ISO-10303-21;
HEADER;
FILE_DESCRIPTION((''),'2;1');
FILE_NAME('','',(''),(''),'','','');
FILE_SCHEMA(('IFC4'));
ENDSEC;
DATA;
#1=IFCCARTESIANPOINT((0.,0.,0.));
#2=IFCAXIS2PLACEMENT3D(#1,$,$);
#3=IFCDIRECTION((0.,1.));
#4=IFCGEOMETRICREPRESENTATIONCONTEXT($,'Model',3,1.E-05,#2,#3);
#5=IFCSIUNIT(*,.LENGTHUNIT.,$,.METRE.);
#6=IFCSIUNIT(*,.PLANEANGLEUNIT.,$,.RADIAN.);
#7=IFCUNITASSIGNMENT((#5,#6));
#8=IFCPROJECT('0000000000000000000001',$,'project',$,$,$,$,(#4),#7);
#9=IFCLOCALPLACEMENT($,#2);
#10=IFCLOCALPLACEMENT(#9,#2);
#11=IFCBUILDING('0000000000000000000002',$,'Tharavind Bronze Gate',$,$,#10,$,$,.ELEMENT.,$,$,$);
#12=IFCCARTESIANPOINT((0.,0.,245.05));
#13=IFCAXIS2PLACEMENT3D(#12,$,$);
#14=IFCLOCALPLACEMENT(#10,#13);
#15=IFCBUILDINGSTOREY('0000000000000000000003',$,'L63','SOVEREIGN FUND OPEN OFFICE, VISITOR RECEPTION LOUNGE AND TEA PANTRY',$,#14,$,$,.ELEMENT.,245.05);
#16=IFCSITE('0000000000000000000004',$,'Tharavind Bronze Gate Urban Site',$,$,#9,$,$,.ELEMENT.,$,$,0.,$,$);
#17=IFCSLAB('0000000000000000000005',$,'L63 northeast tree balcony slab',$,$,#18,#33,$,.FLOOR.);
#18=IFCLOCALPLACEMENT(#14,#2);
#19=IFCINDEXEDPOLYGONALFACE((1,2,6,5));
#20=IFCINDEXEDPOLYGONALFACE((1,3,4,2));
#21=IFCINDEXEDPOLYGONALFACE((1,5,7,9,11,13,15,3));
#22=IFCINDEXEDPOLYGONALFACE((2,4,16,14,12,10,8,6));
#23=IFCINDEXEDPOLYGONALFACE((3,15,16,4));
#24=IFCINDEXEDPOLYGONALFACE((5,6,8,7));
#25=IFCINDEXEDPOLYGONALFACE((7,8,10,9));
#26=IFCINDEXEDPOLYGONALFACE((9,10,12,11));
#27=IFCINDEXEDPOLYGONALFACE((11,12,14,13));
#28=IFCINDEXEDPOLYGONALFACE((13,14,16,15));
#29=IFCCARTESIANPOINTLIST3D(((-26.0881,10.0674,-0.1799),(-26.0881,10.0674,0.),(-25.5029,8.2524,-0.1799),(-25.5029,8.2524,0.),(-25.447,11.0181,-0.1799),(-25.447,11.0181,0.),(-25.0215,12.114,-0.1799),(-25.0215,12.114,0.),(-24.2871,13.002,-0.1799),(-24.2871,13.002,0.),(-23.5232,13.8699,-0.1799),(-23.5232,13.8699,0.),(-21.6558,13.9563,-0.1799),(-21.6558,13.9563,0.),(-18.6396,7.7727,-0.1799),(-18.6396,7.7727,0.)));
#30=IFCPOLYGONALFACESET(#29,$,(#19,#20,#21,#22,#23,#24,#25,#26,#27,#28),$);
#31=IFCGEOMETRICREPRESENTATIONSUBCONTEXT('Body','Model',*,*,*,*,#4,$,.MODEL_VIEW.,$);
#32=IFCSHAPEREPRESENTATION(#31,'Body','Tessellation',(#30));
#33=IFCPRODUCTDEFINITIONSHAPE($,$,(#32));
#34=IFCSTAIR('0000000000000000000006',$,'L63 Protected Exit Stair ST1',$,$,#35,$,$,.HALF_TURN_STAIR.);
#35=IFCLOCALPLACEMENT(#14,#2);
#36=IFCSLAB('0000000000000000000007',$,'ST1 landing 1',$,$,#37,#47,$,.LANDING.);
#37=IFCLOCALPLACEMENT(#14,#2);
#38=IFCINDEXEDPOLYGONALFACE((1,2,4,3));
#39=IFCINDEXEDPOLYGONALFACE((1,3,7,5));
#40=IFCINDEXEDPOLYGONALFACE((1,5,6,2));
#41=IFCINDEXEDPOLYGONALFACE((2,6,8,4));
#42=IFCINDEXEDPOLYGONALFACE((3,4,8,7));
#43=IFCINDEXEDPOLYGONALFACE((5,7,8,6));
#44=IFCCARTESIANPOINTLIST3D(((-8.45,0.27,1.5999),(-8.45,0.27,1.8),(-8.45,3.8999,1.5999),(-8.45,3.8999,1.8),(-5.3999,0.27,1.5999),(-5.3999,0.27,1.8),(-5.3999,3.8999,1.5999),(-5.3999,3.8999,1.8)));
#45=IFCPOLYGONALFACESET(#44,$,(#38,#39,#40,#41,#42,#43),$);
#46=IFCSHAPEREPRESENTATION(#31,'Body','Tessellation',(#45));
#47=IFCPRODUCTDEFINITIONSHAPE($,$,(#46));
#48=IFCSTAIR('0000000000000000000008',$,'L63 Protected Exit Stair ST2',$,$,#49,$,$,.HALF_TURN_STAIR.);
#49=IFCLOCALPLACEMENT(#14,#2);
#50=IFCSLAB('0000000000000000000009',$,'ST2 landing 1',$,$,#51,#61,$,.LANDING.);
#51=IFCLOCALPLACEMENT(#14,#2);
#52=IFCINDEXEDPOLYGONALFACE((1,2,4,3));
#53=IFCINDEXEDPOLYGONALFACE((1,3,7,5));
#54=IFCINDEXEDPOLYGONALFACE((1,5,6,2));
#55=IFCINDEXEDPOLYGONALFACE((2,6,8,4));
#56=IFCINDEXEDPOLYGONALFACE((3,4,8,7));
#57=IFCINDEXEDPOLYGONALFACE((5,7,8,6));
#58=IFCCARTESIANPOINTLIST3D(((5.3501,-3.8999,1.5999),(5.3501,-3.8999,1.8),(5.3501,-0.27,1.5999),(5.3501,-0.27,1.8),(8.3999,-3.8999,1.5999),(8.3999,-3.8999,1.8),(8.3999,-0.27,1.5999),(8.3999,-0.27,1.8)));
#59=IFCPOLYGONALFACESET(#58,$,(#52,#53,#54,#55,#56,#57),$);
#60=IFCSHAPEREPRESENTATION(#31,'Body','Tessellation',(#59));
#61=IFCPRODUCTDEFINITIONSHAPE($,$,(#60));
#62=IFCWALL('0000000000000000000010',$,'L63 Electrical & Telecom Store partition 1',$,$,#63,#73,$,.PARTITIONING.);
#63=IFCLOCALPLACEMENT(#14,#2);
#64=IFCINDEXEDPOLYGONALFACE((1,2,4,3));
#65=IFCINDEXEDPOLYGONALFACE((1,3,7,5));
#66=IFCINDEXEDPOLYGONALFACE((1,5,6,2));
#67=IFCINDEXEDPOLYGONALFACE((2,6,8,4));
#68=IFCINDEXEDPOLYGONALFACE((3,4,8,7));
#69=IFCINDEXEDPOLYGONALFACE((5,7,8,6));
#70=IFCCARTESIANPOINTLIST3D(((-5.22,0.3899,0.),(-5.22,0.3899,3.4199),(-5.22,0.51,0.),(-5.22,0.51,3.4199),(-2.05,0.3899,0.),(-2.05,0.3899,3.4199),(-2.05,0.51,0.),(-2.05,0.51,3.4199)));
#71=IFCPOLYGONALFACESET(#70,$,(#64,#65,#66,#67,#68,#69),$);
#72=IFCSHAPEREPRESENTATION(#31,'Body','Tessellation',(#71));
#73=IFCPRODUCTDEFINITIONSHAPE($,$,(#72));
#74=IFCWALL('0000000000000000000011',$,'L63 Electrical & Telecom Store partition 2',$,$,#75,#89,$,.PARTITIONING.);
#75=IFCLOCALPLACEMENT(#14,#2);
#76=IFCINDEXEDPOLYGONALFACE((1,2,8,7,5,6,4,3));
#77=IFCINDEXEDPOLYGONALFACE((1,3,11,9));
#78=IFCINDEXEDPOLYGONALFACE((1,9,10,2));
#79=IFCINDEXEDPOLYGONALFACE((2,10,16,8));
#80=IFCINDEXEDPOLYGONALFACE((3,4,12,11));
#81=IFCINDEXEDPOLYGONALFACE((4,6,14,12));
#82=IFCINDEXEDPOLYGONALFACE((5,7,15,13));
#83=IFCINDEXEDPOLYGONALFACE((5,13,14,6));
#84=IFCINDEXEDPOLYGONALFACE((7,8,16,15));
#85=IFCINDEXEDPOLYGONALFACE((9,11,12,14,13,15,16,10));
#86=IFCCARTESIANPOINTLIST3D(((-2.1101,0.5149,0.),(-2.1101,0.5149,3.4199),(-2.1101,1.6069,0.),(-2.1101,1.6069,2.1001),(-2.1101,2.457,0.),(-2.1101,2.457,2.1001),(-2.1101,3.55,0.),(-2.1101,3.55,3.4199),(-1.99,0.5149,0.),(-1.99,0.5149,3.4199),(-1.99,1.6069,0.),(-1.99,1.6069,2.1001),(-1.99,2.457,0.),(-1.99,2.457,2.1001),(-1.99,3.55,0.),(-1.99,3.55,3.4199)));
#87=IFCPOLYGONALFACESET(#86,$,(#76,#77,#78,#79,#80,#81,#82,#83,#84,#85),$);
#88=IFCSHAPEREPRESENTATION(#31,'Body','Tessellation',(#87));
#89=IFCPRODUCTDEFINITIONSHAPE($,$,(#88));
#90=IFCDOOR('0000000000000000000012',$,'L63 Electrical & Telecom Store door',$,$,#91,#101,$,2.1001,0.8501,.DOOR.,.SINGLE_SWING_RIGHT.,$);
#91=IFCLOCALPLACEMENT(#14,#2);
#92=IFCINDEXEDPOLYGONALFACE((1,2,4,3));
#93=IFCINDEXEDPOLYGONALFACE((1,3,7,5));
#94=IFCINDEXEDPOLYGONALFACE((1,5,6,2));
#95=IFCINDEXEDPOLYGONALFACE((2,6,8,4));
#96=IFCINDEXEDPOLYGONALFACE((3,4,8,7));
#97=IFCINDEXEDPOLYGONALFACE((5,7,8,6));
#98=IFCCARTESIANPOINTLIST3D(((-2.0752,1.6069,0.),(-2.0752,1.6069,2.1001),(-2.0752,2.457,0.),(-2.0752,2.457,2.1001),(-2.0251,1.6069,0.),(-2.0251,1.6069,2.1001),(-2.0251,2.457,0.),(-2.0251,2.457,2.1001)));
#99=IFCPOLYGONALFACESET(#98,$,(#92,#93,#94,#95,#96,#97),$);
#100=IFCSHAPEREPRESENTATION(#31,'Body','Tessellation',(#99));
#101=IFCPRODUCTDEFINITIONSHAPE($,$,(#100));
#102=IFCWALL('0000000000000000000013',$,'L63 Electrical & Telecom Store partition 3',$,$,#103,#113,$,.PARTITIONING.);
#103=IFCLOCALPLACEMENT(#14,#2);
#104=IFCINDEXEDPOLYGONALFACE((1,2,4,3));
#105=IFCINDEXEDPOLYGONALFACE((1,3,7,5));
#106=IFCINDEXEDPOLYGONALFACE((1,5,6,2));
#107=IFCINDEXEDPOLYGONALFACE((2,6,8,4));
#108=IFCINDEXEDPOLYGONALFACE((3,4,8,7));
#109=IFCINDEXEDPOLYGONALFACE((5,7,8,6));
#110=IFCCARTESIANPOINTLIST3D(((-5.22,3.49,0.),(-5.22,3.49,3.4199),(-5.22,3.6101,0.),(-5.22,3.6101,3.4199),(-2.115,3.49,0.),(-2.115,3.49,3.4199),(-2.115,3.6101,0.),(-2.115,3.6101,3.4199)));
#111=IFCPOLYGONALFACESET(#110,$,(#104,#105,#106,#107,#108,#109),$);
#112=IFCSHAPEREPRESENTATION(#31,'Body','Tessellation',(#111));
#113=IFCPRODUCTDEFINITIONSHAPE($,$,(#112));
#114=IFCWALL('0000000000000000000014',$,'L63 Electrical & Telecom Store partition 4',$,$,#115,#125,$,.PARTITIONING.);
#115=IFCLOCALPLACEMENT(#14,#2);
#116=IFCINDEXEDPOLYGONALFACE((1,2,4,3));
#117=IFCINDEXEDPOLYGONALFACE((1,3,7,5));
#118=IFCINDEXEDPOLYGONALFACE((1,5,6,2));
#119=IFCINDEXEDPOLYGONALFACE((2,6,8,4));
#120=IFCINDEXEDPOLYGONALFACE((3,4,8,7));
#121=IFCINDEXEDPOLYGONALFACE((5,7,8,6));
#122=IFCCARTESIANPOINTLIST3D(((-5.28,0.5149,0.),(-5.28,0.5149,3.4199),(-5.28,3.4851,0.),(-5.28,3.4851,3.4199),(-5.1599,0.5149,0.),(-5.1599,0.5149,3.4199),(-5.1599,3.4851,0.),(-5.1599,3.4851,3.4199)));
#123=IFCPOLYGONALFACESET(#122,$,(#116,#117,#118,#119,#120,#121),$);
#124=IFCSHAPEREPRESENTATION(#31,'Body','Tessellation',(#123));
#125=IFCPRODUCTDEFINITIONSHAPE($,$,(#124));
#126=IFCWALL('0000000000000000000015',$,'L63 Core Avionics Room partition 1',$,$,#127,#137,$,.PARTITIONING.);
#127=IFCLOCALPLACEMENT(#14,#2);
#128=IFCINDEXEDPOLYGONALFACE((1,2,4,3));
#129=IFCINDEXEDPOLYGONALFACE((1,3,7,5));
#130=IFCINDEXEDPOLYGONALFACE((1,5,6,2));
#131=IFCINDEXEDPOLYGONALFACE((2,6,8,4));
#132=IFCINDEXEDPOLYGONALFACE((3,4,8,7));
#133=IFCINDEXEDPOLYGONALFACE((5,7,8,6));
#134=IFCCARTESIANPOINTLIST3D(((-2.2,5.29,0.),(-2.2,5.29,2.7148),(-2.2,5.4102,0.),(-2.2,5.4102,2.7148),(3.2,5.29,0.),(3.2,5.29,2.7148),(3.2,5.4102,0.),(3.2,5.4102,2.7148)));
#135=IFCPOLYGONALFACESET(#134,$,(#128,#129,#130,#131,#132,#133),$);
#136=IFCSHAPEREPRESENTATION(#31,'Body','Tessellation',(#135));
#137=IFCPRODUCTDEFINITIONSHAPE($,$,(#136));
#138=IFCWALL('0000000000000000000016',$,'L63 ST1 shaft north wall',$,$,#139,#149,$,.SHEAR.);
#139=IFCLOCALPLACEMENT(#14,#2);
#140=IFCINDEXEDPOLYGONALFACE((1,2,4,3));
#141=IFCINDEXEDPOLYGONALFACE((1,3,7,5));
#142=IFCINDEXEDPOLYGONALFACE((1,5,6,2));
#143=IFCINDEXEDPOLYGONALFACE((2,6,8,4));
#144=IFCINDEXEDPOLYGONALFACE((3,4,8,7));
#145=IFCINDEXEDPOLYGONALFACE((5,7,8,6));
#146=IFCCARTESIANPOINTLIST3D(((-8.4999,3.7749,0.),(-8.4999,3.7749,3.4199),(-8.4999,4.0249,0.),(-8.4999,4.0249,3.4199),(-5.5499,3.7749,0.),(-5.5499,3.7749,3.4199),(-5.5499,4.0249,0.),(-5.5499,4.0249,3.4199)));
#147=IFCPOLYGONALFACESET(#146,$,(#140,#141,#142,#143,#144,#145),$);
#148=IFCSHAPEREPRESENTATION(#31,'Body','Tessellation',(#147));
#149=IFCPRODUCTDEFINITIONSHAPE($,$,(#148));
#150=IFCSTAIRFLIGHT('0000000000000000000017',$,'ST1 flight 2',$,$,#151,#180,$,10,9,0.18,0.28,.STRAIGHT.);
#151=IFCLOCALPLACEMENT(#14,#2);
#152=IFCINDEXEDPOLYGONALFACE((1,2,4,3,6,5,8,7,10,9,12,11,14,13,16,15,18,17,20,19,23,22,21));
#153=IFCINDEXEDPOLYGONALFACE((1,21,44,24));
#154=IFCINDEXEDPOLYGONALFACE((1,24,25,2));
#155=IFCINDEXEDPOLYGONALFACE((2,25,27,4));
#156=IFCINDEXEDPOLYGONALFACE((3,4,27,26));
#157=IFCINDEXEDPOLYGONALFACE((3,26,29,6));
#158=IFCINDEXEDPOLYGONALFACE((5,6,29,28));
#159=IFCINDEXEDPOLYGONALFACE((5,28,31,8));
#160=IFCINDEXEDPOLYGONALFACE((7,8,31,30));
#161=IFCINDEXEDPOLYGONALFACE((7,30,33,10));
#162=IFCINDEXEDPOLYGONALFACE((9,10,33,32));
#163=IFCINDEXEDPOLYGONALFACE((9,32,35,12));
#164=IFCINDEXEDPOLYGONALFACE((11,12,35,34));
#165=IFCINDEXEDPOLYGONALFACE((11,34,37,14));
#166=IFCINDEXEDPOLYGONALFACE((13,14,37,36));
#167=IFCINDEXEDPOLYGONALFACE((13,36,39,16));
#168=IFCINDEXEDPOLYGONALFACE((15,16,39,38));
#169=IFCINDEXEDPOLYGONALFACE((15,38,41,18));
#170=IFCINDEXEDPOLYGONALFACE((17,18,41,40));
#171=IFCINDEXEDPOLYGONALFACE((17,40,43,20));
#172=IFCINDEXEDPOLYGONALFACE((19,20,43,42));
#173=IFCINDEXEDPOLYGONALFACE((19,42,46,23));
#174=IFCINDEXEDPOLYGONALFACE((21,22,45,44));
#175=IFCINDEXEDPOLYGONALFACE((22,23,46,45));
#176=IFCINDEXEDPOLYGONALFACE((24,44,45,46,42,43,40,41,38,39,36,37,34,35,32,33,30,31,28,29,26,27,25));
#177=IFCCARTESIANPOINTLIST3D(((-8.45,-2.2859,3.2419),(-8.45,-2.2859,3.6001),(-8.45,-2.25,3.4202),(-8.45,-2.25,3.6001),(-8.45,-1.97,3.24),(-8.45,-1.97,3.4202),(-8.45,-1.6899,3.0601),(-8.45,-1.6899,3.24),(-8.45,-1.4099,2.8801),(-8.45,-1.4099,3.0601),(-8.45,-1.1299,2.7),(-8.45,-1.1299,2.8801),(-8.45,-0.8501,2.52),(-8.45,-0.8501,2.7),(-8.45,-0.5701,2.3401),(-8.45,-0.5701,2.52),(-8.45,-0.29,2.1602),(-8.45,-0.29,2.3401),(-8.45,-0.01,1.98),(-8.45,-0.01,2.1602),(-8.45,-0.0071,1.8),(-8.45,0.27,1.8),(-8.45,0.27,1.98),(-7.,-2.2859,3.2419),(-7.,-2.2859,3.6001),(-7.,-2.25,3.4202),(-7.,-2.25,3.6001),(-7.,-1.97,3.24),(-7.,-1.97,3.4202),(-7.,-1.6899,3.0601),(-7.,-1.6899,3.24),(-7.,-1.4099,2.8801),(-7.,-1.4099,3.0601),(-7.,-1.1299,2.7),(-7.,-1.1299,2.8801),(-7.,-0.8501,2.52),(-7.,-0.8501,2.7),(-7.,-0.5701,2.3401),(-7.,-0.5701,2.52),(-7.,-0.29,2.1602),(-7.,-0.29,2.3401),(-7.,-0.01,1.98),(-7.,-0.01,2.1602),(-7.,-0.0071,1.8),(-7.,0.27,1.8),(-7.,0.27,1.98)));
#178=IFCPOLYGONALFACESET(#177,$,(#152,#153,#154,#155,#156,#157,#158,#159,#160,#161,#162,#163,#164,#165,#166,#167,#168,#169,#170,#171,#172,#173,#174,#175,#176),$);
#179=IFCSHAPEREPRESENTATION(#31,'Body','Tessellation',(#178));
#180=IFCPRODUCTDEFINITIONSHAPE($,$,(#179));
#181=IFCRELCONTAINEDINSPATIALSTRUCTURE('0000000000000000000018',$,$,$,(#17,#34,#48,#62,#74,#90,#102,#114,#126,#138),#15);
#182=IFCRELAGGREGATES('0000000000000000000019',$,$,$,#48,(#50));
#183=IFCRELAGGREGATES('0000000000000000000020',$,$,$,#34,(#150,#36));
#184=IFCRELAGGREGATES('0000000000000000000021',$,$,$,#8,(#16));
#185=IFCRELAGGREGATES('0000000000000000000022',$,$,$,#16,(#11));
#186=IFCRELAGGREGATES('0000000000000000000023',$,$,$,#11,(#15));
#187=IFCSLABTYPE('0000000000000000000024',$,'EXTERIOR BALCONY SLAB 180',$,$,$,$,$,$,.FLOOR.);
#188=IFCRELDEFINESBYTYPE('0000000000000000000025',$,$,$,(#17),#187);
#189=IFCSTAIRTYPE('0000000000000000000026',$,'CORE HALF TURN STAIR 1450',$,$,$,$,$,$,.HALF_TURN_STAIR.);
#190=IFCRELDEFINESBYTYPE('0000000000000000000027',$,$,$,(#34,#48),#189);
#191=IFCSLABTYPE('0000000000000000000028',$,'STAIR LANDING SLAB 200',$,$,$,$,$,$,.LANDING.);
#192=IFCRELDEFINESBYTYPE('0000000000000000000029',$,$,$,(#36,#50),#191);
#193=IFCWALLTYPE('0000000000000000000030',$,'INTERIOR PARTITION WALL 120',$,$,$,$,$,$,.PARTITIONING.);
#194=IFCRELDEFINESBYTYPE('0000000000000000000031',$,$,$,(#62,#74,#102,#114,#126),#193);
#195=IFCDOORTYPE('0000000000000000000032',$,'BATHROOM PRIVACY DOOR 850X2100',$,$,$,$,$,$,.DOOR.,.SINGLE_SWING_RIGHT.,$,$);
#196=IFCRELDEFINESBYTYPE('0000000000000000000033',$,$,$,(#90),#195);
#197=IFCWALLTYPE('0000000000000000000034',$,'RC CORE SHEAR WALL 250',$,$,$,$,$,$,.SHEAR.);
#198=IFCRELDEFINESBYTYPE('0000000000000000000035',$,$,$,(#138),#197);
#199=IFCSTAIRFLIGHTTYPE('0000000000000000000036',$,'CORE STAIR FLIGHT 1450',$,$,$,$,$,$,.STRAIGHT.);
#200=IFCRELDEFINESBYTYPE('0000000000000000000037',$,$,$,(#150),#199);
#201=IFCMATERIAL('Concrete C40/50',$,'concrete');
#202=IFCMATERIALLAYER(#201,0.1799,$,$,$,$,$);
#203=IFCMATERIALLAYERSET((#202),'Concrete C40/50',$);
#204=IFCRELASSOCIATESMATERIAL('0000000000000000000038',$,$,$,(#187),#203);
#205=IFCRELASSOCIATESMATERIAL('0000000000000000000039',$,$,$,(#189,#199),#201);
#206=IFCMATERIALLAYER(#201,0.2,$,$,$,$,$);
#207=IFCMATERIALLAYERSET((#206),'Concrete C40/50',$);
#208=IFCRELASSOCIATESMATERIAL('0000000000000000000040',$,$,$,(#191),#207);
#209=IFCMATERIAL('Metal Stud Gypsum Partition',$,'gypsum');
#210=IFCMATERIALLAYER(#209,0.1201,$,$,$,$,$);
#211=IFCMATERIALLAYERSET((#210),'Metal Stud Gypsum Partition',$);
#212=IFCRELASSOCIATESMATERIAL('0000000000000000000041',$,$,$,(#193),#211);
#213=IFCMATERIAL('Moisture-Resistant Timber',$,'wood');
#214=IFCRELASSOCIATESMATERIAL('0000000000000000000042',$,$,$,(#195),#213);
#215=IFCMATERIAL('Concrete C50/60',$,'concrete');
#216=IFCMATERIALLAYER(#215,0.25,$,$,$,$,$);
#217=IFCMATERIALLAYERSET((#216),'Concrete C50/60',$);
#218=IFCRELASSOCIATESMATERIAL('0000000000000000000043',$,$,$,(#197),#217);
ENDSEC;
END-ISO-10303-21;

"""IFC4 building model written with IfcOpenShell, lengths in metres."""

from ifc_helpers import new_model, si_unit, direction, frame, frame_2d, origin, place, context, subcontext, project, spatial, polyline, rectangle, outline, extrude, material, layer, layer_set, type_object, element, fill, aggregate, save


model = new_model("IFC4")

# Units and contexts
model_context = context("Model", 3, precision=1e-05, world=origin(), true_north=direction((0.0, 1.0)))
body_context = subcontext(model_context, "Body", "Model", "MODEL_VIEW")
ifc_project = project(units=[si_unit("LENGTHUNIT", "METRE"), si_unit("PLANEANGLEUNIT", "RADIAN")], contexts=[model_context])

# Site, building, storey
site_placement = place(None, origin())
site = spatial("IfcSite", under=ifc_project, at=site_placement, Name="Tharavind Bronze Gate Urban Site", CompositionType="ELEMENT", RefElevation=0.0)
building_placement = place(site_placement, origin())
building = spatial("IfcBuilding", under=site, at=building_placement, Name="Tharavind Bronze Gate", CompositionType="ELEMENT")
storey_placement = place(building_placement, frame((0.0, 0.0, 245.05)))
storey = spatial("IfcBuildingStorey", under=building, at=storey_placement, Name="L63", Description="SOVEREIGN FUND OPEN OFFICE, VISITOR RECEPTION LOUNGE AND TEA PANTRY", CompositionType="ELEMENT", Elevation=245.05)

# Slab
ifc_material_1 = material(Name="Concrete C40/50", Category="concrete")
ifc_layer_1 = layer(ifc_material_1, 0.1799)
ifc_layer_set_1 = layer_set([ifc_layer_1], Name="Concrete C40/50")
slab_type_1 = type_object("IfcSlabType", Name="EXTERIOR BALCONY SLAB 180", PredefinedType="FLOOR", material=ifc_layer_set_1)
slab_1_placement = place(storey_placement, frame((0.0, 0.0, -0.1799)))
element("IfcSlab", 1, at=slab_1_placement, inside=storey, type_object=slab_type_1, Name="L63 northeast tree balcony slab", PredefinedType="FLOOR", context=body_context, shape_type="SweptSolid", body=[
    extrude(outline(polyline([(-23.5232, 13.8699), (-24.2871, 13.002), (-25.0215, 12.114), (-25.447, 11.0181), (-26.0881, 10.0674), (-25.5029, 8.2524), (-18.6396, 7.7727), (-21.6558, 13.9563), (-23.5232, 13.8699)])), origin(), (0.0, 0.0, 1.0), 0.1799),
])

# Stairs, slabs
stair_type = type_object("IfcStairType", Name="CORE HALF TURN STAIR 1450", PredefinedType="HALF_TURN_STAIR", material=ifc_material_1)
stair_1_placement = place(storey_placement, origin())
stair_1 = element("IfcStair", 2, at=stair_1_placement, inside=storey, type_object=stair_type, Name="L63 Protected Exit Stair ST1", PredefinedType="HALF_TURN_STAIR")
ifc_layer_2 = layer(ifc_material_1, 0.2)
ifc_layer_set_2 = layer_set([ifc_layer_2], Name="Concrete C40/50")
slab_type_2 = type_object("IfcSlabType", Name="STAIR LANDING SLAB 200", PredefinedType="LANDING", material=ifc_layer_set_2)
slab_2_placement = place(storey_placement, frame((0.0, 0.0, 1.5999)))
slab_2 = element("IfcSlab", 3, at=slab_2_placement, type_object=slab_type_2, Name="ST1 landing 1", PredefinedType="LANDING", context=body_context, shape_type="SweptSolid", body=[
    extrude(outline(polyline([(-5.3999, 0.27), (-5.3999, 3.8999), (-8.45, 3.8999), (-8.45, 0.27), (-5.3999, 0.27)])), origin(), (0.0, 0.0, 1.0), 0.2002),
])
stair_2_placement = place(storey_placement, origin())
stair_2 = element("IfcStair", 4, at=stair_2_placement, inside=storey, type_object=stair_type, Name="L63 Protected Exit Stair ST2", PredefinedType="HALF_TURN_STAIR")
slab_3_placement = place(storey_placement, frame((0.0, 0.0, 1.5999)))
slab_3 = element("IfcSlab", 5, at=slab_3_placement, type_object=slab_type_2, Name="ST2 landing 1", PredefinedType="LANDING", context=body_context, shape_type="SweptSolid", body=[
    extrude(outline(polyline([(5.3501, -0.27), (5.3501, -3.8999), (8.3999, -3.8999), (8.3999, -0.27), (5.3501, -0.27)])), origin(), (0.0, 0.0, 1.0), 0.2002),
])
aggregate(stair_2, [slab_3])

# Wall
ifc_material_2 = material(Name="Metal Stud Gypsum Partition", Category="gypsum")
ifc_layer_3 = layer(ifc_material_2, 0.1201)
ifc_layer_set_3 = layer_set([ifc_layer_3], Name="Metal Stud Gypsum Partition")
wall_type_1 = type_object("IfcWallType", Name="INTERIOR PARTITION WALL 120", PredefinedType="PARTITIONING", material=ifc_layer_set_3)
wall_1_placement = place(storey_placement, frame((-5.22, 0.45, 0.0), z_axis=(0.0, 0.0, 1.0), x_axis=(1.0, 0.0, 0.0)))
element("IfcWall", 6, at=wall_1_placement, inside=storey, type_object=wall_type_1, Name="L63 Electrical & Telecom Store partition 1", PredefinedType="PARTITIONING", context=body_context, shape_type="SweptSolid", body=[
    extrude(rectangle(XDim=3.1699, YDim=0.1201, at=frame_2d((1.585, 0.0))), origin(), (0.0, 0.0, 1.0), 3.4199),
])

# Wall, opening, door
wall_2_placement = place(storey_placement, frame((-2.05, 0.5149, 0.0), z_axis=(0.0, 0.0, 1.0), x_axis=(0.0, 1.0, 0.0)))
wall_2 = element("IfcWall", 7, at=wall_2_placement, inside=storey, type_object=wall_type_1, Name="L63 Electrical & Telecom Store partition 2", PredefinedType="PARTITIONING", context=body_context, shape_type="SweptSolid", body=[
    extrude(rectangle(XDim=3.0352, YDim=0.1201, at=frame_2d((1.5176, 0.0))), origin(), (0.0, 0.0, 1.0), 3.4199),
])
opening_placement = place(wall_2_placement, frame((1.092, 0.0, 0.0)))
opening = element("IfcOpeningElement", 8, at=opening_placement, cuts=wall_2, PredefinedType="OPENING", context=body_context, shape_type="SweptSolid", body=[
    extrude(rectangle(XDim=0.8501, YDim=2.1001, at=frame_2d((0.425, 1.05))), frame((0.0, 0.0701, 0.0), z_axis=(0.0, -1.0, 0.0), x_axis=(1.0, 0.0, 0.0)), (0.0, 0.0, 1.0), 0.1401),
])
ifc_material_3 = material(Name="Moisture-Resistant Timber", Category="wood")
door_type = type_object("IfcDoorType", Name="BATHROOM PRIVACY DOOR 850X2100", OperationType="SINGLE_SWING_RIGHT", PredefinedType="DOOR", material=ifc_material_3)
door_placement = place(opening_placement, frame((0.8501, 0.0, 0.0), z_axis=(0.0, 0.0, 1.0), x_axis=(-1.0, 0.0, 0.0)))
door = element("IfcDoor", 9, at=door_placement, inside=storey, type_object=door_type, Name="L63 Electrical & Telecom Store door", OperationType="SINGLE_SWING_RIGHT", OverallHeight=2.1001, OverallWidth=0.8501, PredefinedType="DOOR", context=body_context, shape_type="SweptSolid", body=[
    extrude(rectangle(XDim=0.8501, YDim=2.1001, at=frame_2d((0.425, 1.05))), frame((0.0, 0.0249, 0.0), z_axis=(0.0, -1.0, 0.0), x_axis=(1.0, 0.0, 0.0)), (0.0, 0.0, 1.0), 0.05),
])
fill(opening, door)

# Walls
wall_3_placement = place(storey_placement, frame((-2.115, 3.55, 0.0), z_axis=(0.0, 0.0, 1.0), x_axis=(-1.0, 0.0, 0.0)))
element("IfcWall", 10, at=wall_3_placement, inside=storey, type_object=wall_type_1, Name="L63 Electrical & Telecom Store partition 3", PredefinedType="PARTITIONING", context=body_context, shape_type="SweptSolid", body=[
    extrude(rectangle(XDim=3.105, YDim=0.1201, at=frame_2d((1.5525, 0.0))), origin(), (0.0, 0.0, 1.0), 3.4199),
])
wall_4_placement = place(storey_placement, frame((-5.22, 3.4851, 0.0), z_axis=(0.0, 0.0, 1.0), x_axis=(0.0, -1.0, 0.0)))
element("IfcWall", 11, at=wall_4_placement, inside=storey, type_object=wall_type_1, Name="L63 Electrical & Telecom Store partition 4", PredefinedType="PARTITIONING", context=body_context, shape_type="SweptSolid", body=[
    extrude(rectangle(XDim=2.9702, YDim=0.1201, at=frame_2d((1.4851, 0.0))), origin(), (0.0, 0.0, 1.0), 3.4199),
])
wall_5_placement = place(storey_placement, frame((-2.2, 5.3501, 0.0), z_axis=(0.0, 0.0, 1.0), x_axis=(1.0, 0.0, 0.0)))
element("IfcWall", 12, at=wall_5_placement, inside=storey, type_object=wall_type_1, Name="L63 Core Avionics Room partition 1", PredefinedType="PARTITIONING", context=body_context, shape_type="SweptSolid", body=[
    extrude(rectangle(XDim=5.3999, YDim=0.1201, at=frame_2d((2.7, 0.0))), origin(), (0.0, 0.0, 1.0), 2.7148),
])
ifc_material_4 = material(Name="Concrete C50/60", Category="concrete")
ifc_layer_4 = layer(ifc_material_4, 0.25)
ifc_layer_set_4 = layer_set([ifc_layer_4], Name="Concrete C50/60")
wall_type_2 = type_object("IfcWallType", Name="RC CORE SHEAR WALL 250", PredefinedType="SHEAR", material=ifc_layer_set_4)
wall_6_placement = place(storey_placement, frame((-8.5, 3.8999, 0.0), z_axis=(0.0, 0.0, 1.0), x_axis=(1.0, 0.0, 0.0)))
element("IfcWall", 13, at=wall_6_placement, inside=storey, type_object=wall_type_2, Name="L63 ST1 shaft north wall", PredefinedType="SHEAR", context=body_context, shape_type="SweptSolid", body=[
    extrude(rectangle(XDim=2.95, YDim=0.25, at=frame_2d((1.4751, 0.0))), origin(), (0.0, 0.0, 1.0), 3.4199),
])

# Stair flight
stair_flight_type = type_object("IfcStairFlightType", Name="CORE STAIR FLIGHT 1450", PredefinedType="STRAIGHT", material=ifc_material_1)
stair_flight_placement = place(storey_placement, frame((-7.7251, 0.27, 1.8), z_axis=(0.0, 0.0, 1.0), x_axis=(0.0, -1.0, 0.0)))
stair_flight = element("IfcStairFlight", 14, at=stair_flight_placement, type_object=stair_flight_type, Name="ST1 flight 2", NumberOfRisers=10, NumberOfTreads=9, PredefinedType="STRAIGHT", RiserHeight=0.18, TreadLength=0.28, context=body_context, shape_type="SweptSolid", body=[
    extrude(outline(polyline([(0.0, 0.0), (0.0, 0.1799), (0.28, 0.1799), (0.28, 0.3601), (0.5601, 0.3601), (0.5601, 0.54), (0.8401, 0.54), (0.8401, 0.72), (1.1201, 0.72), (1.1201, 0.8999), (1.3999, 0.8999), (1.3999, 1.0801), (1.6799, 1.0801), (1.6799, 1.26), (1.96, 1.26), (1.96, 1.4399), (2.24, 1.4399), (2.24, 1.6201), (2.52, 1.6201), (2.52, 1.8), (2.5559, 1.8), (2.5559, 1.4419), (0.2771, 0.0), (0.0, 0.0)])), frame((0.0, 0.7251, 0.0), z_axis=(0.0, -1.0, 0.0), x_axis=(1.0, 0.0, 0.0)), (0.0, 0.0, 1.0), 1.45),
])
aggregate(stair_1, [stair_flight, slab_2])

save(model, "model.ifc")
